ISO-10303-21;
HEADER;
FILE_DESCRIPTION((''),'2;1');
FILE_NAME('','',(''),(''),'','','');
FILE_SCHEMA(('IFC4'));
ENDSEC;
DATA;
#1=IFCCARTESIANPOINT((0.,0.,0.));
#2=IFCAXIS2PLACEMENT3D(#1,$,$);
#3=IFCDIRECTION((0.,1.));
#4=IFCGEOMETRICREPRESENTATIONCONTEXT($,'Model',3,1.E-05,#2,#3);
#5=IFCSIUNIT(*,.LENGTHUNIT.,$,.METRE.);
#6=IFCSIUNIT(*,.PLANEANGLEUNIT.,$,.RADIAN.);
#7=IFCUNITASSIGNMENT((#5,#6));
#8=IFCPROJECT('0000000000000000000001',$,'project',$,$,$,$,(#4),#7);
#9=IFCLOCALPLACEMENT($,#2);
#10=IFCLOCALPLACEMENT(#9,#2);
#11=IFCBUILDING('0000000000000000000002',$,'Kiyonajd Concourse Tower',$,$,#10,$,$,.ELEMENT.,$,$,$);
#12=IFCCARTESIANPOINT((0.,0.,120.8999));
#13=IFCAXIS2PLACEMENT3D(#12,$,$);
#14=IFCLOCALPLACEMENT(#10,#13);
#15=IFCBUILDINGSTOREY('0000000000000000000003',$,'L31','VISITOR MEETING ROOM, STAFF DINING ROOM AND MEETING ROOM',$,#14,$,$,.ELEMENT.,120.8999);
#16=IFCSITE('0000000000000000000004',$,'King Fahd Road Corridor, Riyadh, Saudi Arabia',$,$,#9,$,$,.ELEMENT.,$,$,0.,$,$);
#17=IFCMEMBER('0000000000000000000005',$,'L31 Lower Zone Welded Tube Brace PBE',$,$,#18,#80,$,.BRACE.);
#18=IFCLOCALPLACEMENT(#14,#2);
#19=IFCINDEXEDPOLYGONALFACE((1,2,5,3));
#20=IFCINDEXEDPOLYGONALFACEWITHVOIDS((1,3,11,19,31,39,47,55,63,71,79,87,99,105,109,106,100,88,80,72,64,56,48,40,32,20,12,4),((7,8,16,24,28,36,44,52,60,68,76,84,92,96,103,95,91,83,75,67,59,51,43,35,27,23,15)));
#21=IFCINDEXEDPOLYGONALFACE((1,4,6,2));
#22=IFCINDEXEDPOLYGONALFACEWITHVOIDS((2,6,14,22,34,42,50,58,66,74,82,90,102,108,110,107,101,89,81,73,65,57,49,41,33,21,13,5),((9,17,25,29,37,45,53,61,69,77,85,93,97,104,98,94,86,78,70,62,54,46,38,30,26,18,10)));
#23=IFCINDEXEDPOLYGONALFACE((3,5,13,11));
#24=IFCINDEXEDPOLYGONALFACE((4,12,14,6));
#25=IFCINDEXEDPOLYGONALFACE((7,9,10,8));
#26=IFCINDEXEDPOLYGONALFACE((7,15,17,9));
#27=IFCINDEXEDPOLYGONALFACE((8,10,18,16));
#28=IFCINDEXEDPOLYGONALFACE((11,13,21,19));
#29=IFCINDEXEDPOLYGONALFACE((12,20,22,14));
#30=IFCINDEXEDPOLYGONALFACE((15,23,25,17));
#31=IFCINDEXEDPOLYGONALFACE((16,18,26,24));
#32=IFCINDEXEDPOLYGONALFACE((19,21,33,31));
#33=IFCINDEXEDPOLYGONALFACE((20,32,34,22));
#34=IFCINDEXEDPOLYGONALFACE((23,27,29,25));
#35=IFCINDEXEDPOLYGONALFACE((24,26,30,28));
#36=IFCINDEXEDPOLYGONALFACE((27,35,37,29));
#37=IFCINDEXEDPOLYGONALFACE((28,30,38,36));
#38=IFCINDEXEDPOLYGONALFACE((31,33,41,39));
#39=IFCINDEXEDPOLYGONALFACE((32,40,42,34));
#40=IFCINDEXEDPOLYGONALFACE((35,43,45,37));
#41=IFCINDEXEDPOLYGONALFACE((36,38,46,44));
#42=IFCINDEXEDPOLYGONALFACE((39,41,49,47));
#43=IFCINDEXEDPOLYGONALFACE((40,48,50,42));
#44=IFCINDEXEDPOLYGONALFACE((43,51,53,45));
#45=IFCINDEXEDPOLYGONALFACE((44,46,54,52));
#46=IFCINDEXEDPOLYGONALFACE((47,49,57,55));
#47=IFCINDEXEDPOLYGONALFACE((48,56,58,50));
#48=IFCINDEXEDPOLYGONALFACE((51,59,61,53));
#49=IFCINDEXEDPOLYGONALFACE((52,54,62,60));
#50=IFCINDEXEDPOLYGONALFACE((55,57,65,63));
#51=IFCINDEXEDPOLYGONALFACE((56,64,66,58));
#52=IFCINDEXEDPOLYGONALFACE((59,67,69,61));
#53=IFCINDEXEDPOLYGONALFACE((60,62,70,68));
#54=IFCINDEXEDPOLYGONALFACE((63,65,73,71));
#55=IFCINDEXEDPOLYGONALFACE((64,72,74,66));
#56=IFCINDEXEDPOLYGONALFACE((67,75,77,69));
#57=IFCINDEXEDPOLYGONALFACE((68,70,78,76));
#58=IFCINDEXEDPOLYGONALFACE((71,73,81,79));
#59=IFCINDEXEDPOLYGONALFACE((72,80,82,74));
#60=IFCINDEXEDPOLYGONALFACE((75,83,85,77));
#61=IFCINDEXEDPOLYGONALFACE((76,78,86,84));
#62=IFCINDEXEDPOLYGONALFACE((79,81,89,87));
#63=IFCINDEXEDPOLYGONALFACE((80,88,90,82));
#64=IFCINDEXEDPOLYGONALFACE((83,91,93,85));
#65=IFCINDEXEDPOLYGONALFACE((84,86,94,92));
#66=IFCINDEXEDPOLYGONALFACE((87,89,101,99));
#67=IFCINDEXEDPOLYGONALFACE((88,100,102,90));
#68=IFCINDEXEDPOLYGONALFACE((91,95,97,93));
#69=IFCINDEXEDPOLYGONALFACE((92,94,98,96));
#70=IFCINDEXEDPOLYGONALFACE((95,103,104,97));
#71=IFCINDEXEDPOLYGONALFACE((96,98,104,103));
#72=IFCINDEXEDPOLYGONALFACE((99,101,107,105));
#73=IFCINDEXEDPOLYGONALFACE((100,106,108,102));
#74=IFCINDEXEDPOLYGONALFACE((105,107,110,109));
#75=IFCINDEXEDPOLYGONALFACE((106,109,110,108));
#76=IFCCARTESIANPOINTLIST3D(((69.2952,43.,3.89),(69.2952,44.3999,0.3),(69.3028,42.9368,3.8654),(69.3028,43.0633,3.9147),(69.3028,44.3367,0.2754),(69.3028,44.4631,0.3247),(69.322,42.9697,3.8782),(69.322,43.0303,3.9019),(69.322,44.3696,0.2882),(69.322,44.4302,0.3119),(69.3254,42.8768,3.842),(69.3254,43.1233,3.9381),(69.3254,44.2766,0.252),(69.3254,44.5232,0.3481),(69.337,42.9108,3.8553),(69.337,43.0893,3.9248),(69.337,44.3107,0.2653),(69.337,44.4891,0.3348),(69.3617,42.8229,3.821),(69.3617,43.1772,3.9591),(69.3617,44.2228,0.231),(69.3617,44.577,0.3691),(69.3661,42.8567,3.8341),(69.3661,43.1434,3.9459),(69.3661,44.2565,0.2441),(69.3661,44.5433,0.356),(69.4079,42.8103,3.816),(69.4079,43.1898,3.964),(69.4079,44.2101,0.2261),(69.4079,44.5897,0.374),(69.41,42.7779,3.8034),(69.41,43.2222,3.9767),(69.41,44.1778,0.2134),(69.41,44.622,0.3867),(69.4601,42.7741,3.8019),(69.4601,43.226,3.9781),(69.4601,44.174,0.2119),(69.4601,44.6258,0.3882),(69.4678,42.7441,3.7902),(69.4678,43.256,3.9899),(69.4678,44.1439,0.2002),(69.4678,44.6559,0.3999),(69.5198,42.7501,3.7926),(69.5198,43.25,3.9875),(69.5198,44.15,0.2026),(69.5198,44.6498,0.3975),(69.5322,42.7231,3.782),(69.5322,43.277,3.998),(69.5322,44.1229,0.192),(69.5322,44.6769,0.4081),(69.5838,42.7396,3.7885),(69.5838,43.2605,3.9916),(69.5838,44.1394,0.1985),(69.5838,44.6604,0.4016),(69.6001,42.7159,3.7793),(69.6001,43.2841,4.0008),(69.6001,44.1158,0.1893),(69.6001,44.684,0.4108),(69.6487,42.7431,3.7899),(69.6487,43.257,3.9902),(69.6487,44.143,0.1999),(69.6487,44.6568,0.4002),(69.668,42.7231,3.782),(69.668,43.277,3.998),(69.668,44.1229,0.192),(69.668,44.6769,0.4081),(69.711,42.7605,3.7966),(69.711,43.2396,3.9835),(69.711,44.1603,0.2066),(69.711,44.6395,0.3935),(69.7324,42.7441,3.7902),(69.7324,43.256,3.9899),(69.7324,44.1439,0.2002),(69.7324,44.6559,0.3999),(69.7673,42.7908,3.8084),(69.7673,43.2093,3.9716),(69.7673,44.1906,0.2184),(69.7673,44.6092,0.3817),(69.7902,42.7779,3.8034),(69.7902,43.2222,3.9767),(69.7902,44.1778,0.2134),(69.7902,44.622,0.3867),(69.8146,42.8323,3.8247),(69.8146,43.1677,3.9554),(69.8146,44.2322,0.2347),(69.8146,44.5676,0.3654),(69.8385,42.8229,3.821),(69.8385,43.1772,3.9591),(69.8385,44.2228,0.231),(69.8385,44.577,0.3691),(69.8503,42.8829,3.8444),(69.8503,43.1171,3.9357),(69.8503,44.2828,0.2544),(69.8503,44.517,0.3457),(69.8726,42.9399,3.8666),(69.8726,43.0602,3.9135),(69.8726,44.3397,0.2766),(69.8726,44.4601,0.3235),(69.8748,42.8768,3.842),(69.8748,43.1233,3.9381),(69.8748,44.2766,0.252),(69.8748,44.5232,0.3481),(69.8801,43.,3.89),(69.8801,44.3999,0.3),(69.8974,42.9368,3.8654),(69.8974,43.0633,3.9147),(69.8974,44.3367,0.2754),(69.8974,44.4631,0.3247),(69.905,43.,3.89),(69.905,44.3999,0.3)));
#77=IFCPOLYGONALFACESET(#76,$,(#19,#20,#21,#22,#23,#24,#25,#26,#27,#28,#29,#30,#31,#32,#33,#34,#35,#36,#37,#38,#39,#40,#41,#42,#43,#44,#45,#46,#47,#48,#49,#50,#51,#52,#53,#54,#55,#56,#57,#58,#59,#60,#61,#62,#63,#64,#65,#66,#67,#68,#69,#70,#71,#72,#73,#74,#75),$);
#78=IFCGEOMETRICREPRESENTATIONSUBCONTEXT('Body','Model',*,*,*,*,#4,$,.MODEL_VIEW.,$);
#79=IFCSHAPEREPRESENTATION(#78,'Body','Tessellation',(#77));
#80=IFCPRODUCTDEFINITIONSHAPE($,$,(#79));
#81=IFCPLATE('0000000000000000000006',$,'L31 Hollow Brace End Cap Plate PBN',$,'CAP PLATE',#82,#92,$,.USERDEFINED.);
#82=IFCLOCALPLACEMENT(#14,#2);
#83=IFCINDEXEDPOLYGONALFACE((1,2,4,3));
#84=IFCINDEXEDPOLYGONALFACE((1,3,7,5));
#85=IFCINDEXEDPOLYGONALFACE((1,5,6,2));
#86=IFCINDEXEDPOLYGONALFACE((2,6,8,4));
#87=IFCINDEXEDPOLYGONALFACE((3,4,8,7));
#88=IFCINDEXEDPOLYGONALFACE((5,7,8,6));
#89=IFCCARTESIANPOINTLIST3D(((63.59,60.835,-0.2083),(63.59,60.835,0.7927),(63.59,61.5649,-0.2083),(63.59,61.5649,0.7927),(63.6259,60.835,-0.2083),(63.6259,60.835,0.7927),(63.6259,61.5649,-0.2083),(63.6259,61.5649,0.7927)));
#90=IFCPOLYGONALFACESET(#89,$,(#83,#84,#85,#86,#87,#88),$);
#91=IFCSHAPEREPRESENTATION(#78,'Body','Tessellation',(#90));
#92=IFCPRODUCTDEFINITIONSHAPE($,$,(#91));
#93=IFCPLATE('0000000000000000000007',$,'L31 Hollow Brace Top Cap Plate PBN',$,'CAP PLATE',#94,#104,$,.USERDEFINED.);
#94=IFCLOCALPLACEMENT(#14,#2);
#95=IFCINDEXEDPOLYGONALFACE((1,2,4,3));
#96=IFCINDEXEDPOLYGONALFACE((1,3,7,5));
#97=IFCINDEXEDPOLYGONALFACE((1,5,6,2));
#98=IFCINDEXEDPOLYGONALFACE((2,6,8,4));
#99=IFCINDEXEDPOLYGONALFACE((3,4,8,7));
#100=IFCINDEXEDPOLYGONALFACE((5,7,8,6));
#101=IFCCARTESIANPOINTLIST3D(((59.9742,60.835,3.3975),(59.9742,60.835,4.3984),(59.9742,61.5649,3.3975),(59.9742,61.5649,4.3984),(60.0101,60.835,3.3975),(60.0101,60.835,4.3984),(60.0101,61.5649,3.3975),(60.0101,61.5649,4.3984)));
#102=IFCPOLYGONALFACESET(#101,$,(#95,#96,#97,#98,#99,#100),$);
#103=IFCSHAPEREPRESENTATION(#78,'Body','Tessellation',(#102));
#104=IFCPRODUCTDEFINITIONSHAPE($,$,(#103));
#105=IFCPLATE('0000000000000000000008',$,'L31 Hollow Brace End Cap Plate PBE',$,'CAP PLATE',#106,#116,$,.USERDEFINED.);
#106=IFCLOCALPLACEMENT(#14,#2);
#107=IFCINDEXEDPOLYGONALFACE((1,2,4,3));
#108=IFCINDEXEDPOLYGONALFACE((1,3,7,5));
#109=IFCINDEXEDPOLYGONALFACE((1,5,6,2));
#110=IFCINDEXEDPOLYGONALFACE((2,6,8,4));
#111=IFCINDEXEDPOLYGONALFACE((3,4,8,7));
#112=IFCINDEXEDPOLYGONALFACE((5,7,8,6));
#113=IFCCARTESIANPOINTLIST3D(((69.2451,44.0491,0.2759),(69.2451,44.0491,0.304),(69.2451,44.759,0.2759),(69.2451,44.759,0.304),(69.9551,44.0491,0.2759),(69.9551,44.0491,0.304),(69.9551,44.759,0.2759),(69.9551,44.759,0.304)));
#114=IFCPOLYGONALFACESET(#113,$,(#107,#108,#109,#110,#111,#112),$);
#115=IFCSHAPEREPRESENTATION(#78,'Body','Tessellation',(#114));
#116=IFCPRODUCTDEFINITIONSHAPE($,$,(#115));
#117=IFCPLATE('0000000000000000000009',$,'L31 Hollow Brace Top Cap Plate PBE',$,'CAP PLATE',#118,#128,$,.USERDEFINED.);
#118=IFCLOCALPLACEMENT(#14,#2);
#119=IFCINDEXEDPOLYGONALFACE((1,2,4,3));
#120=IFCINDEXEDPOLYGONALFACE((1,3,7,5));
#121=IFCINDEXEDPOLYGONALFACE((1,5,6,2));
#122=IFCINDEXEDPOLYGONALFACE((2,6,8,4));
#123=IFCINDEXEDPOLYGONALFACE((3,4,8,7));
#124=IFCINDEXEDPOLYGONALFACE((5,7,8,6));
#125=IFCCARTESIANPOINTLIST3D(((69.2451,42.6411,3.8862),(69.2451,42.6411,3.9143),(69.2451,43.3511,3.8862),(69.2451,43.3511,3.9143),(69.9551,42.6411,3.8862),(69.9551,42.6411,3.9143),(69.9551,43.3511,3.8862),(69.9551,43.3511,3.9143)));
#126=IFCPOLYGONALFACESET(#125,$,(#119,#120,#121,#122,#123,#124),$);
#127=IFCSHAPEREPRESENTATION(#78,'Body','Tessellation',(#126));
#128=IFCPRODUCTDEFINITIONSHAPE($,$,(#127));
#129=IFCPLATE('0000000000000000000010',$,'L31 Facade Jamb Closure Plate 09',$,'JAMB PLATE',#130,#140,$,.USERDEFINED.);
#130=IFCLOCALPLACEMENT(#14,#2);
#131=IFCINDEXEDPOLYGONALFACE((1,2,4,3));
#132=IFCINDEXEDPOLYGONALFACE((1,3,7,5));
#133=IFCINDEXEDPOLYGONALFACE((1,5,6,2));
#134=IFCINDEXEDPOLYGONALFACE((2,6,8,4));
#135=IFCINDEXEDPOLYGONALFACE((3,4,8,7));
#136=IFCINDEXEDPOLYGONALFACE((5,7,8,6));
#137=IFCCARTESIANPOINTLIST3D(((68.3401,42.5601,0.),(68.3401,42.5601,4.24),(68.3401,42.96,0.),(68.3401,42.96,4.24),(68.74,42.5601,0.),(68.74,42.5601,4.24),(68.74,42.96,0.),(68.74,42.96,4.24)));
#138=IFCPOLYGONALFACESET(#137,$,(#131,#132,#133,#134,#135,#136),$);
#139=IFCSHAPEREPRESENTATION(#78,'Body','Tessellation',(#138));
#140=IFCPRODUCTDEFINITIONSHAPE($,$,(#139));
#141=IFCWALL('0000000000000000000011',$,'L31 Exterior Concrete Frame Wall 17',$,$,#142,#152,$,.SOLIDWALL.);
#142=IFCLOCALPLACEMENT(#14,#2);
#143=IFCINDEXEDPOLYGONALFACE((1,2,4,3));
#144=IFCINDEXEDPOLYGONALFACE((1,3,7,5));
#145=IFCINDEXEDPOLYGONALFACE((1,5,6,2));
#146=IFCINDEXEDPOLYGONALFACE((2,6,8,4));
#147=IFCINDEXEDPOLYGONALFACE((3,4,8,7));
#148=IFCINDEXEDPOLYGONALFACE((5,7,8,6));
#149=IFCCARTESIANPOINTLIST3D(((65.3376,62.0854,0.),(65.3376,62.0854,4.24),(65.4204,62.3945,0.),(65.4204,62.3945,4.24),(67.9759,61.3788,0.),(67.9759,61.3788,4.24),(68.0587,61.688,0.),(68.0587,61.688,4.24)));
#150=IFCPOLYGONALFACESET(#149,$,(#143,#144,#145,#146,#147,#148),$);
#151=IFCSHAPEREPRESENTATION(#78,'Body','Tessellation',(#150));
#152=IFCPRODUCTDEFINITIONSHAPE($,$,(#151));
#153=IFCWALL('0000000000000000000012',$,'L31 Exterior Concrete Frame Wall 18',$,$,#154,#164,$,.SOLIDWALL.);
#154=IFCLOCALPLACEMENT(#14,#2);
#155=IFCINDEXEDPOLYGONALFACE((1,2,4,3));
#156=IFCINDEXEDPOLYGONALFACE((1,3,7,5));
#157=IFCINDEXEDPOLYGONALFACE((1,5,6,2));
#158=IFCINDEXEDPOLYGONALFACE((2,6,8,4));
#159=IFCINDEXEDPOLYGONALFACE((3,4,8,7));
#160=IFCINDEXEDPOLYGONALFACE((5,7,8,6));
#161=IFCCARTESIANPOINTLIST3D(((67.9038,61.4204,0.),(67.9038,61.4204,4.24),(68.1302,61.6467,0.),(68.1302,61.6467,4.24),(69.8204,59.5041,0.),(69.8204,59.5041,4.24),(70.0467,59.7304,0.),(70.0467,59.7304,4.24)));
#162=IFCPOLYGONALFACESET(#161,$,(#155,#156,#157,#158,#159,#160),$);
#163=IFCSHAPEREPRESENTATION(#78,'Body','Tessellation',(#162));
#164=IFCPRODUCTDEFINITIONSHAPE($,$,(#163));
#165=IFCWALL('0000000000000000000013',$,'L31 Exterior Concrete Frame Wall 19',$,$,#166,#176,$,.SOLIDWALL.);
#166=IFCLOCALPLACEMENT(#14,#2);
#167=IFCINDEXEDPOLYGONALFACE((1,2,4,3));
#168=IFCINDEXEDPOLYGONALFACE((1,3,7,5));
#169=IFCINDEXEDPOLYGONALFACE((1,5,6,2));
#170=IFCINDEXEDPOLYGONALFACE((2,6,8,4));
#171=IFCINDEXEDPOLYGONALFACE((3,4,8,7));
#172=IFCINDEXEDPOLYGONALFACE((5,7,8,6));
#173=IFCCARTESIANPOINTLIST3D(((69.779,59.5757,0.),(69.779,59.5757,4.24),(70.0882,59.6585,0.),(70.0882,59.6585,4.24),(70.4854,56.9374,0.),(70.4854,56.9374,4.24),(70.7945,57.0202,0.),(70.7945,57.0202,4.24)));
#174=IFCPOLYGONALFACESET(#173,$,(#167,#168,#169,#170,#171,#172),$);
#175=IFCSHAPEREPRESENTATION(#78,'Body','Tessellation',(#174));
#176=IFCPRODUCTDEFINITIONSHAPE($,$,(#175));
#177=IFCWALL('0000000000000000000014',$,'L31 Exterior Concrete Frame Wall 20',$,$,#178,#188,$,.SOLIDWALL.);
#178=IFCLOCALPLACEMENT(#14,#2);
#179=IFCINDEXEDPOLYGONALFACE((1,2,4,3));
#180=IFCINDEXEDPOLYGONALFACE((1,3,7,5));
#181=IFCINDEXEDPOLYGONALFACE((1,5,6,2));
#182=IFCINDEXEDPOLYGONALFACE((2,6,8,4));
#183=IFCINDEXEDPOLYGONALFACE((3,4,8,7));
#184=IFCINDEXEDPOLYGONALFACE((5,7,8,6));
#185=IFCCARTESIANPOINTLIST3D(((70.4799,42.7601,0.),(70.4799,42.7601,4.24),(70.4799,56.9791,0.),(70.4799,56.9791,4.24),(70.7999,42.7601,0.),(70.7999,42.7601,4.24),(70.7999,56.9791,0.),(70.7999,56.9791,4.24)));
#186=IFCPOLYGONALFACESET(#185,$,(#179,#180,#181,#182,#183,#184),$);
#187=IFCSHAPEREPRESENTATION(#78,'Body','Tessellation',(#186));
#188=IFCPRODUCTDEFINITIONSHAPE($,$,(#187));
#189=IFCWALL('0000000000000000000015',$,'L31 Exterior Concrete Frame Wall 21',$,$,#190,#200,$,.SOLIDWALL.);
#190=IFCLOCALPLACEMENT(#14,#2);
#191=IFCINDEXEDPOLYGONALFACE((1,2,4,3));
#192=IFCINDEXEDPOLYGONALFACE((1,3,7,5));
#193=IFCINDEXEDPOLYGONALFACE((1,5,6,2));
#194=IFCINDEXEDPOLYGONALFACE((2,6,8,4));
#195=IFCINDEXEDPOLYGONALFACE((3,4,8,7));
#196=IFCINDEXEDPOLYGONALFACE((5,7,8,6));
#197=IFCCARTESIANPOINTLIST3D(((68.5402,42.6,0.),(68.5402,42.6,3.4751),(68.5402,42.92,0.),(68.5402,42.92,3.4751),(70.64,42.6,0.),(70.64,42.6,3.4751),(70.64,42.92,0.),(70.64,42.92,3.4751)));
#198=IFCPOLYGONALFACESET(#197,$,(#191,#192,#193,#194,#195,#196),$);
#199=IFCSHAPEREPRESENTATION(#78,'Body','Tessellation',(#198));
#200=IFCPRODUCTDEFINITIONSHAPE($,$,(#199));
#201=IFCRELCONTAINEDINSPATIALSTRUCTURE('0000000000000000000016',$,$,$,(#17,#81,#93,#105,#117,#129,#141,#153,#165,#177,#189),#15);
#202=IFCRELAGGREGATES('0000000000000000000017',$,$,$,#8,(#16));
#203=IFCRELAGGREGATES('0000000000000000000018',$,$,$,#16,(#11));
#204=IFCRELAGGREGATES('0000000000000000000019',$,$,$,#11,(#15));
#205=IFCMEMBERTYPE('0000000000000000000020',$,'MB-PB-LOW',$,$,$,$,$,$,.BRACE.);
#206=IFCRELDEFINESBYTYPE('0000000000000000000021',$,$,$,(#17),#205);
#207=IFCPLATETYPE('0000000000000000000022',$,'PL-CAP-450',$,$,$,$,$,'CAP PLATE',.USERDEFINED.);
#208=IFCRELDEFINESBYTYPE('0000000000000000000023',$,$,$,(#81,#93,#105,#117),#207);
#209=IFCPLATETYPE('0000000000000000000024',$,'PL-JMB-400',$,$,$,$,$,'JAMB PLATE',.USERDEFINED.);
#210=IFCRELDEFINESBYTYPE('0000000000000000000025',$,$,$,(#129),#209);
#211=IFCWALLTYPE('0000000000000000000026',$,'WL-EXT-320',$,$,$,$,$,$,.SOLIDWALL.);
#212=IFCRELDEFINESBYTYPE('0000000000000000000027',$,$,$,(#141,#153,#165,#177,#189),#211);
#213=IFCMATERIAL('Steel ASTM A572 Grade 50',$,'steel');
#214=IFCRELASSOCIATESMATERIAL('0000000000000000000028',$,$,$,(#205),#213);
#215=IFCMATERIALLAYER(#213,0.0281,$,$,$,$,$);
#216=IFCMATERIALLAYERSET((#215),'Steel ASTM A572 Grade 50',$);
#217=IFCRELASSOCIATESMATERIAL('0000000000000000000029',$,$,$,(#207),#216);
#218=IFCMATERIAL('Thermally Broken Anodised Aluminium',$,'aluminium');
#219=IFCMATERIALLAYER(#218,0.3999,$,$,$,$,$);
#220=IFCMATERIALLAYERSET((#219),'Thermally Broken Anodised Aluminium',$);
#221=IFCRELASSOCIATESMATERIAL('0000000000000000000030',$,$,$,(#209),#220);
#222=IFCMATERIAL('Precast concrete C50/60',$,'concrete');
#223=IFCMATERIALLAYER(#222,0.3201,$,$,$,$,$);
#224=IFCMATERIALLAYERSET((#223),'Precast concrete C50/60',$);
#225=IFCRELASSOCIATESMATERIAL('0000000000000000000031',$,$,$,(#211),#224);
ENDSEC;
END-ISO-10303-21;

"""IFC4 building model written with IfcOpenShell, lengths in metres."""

from ifc_helpers import new_model, si_unit, direction, frame, frame_2d, origin, origin_2d, place, context, subcontext, project, spatial, rectangle, hollow_circle, extrude, material, layer, layer_set, material_profile, profile_set, type_object, element, save


model = new_model("IFC4")

# Units and contexts
model_context = context("Model", 3, precision=1e-05, world=origin(), true_north=direction((0.0, 1.0)))
body_context = subcontext(model_context, "Body", "Model", "MODEL_VIEW")
ifc_project = project(units=[si_unit("LENGTHUNIT", "METRE"), si_unit("PLANEANGLEUNIT", "RADIAN")], contexts=[model_context])

# Site, building, storey
site_placement = place(None, origin())
site = spatial("IfcSite", under=ifc_project, at=site_placement, Name="King Fahd Road Corridor, Riyadh, Saudi Arabia", CompositionType="ELEMENT", RefElevation=0.0)
building_placement = place(site_placement, origin())
building = spatial("IfcBuilding", under=site, at=building_placement, Name="Kiyonajd Concourse Tower", CompositionType="ELEMENT")
storey_placement = place(building_placement, frame((0.0, 0.0, 120.8999)))
storey = spatial("IfcBuildingStorey", under=building, at=storey_placement, Name="L31", Description="VISITOR MEETING ROOM, STAFF DINING ROOM AND MEETING ROOM", CompositionType="ELEMENT", Elevation=120.8999)

# Shared definitions
ifc_material_1 = material(Name="Precast concrete C50/60", Category="concrete")

# Member
ifc_material_2 = material(Name="Steel ASTM A572 Grade 50", Category="steel")
ifc_material_profile_1 = material_profile(ifc_material_2, hollow_circle(Radius=0.3049, WallThickness=0.0249, at=origin_2d()), Name="CHS-610x25")
ifc_profile_set_1 = profile_set([ifc_material_profile_1], Name="Steel ASTM A572 Grade 50")
member_type = type_object("IfcMemberType", Name="MB-PB-LOW", PredefinedType="BRACE", material=ifc_profile_set_1)
member_1_placement = place(storey_placement, frame((69.6001, 44.3999, 0.3), z_axis=(0.0, -0.363293, 0.931675), x_axis=(1.0, 0.0, 0.0)))
element("IfcMember", 1, at=member_1_placement, inside=storey, type_object=member_type, Name="L31 Lower Zone Welded Tube Brace PBE", PredefinedType="BRACE", context=body_context, shape_type="SweptSolid", body=[
    extrude(hollow_circle(Radius=0.3049, WallThickness=0.0249, at=origin_2d()), origin(), (0.0, 0.0, 1.0), 3.8533),
])

# Plates
ifc_layer_1 = layer(ifc_material_2, 0.0281)
ifc_layer_set_1 = layer_set([ifc_layer_1], Name="Steel ASTM A572 Grade 50")
plate_type_1 = type_object("IfcPlateType", Name="PL-CAP-450", ElementType="CAP PLATE", PredefinedType="USERDEFINED", material=ifc_layer_set_1)
for number, where, z_axis, x_axis, name in (
    (2, (63.6079, 61.2, -0.2083), (0.0, 0.0, 1.0), (1.0, 0.0, 0.0), "L31 Hollow Brace End Cap Plate PBN"),
    (3, (59.9922, 61.2, 3.3975), (0.0, 0.0, 1.0), (-1.0, 0.0, 0.0), "L31 Hollow Brace Top Cap Plate PBN"),
):
    element("IfcPlate", number, at=place(storey_placement, frame(where, z_axis=z_axis, x_axis=x_axis)), inside=storey, type_object=plate_type_1, Name=name, ObjectType="CAP PLATE", PredefinedType="USERDEFINED", context=body_context, shape_type="SweptSolid", body=[
        extrude(rectangle(XDim=0.0359, YDim=0.73, at=origin_2d()), origin(), (0.0, 0.0, 1.0), 1.001),
    ])
for number, where, z_axis, x_axis, name in (
    (4, (69.6001, 44.4041, 0.2759), (0.0, 0.0, 1.0), (1.0, 0.0, 0.0), "L31 Hollow Brace End Cap Plate PBE"),
    (5, (69.6001, 42.9961, 3.8862), (0.0, 0.0, 1.0), (1.0, 0.0, 0.0), "L31 Hollow Brace Top Cap Plate PBE"),
):
    element("IfcPlate", number, at=place(storey_placement, frame(where, z_axis=z_axis, x_axis=x_axis)), inside=storey, type_object=plate_type_1, Name=name, ObjectType="CAP PLATE", PredefinedType="USERDEFINED", context=body_context, shape_type="SweptSolid", body=[
        extrude(rectangle(XDim=0.71, YDim=0.71, at=origin_2d()), origin(), (0.0, 0.0, 1.0), 0.0281),
    ])
ifc_material_3 = material(Name="Thermally Broken Anodised Aluminium", Category="aluminium")
ifc_layer_2 = layer(ifc_material_3, 0.3999)
ifc_layer_set_2 = layer_set([ifc_layer_2], Name="Thermally Broken Anodised Aluminium")
plate_type_2 = type_object("IfcPlateType", Name="PL-JMB-400", ElementType="JAMB PLATE", PredefinedType="USERDEFINED", material=ifc_layer_set_2)
plate_placement = place(storey_placement, frame((68.54, 42.76, 0.0), z_axis=(0.0, 0.0, 1.0), x_axis=(1.0, 0.0, 0.0)))
element("IfcPlate", 6, at=plate_placement, inside=storey, type_object=plate_type_2, Name="L31 Facade Jamb Closure Plate 09", ObjectType="JAMB PLATE", PredefinedType="USERDEFINED", context=body_context, shape_type="SweptSolid", body=[
    extrude(rectangle(XDim=0.3999, YDim=0.3999, at=origin_2d()), origin(), (0.0, 0.0, 1.0), 4.24),
])

# Walls
ifc_layer_3 = layer(ifc_material_1, 0.3201)
ifc_layer_set_3 = layer_set([ifc_layer_3], Name="Precast concrete C50/60")
wall_type_1 = type_object("IfcWallType", Name="WL-EXT-320", PredefinedType="SOLIDWALL", material=ifc_layer_set_3)
wall_1_placement = place(storey_placement, frame((65.3789, 62.24, 0.0), z_axis=(0.0, 0.0, 1.0), x_axis=(0.965958, -0.258697, 0.0)))
element("IfcWall", 7, at=wall_1_placement, inside=storey, type_object=wall_type_1, Name="L31 Exterior Concrete Frame Wall 17", PredefinedType="SOLIDWALL", context=body_context, shape_type="SweptSolid", body=[
    extrude(rectangle(XDim=2.7312, YDim=0.3201, at=frame_2d((1.3657, 0.0))), origin(), (0.0, 0.0, 1.0), 4.24),
])
wall_2_placement = place(storey_placement, frame((68.0171, 61.5334, 0.0), z_axis=(0.0, 0.0, 1.0), x_axis=(0.707152, -0.707062, 0.0)))
element("IfcWall", 8, at=wall_2_placement, inside=storey, type_object=wall_type_1, Name="L31 Exterior Concrete Frame Wall 18", PredefinedType="SOLIDWALL", context=body_context, shape_type="SweptSolid", body=[
    extrude(rectangle(XDim=2.7102, YDim=0.3201, at=frame_2d((1.355, 0.0))), origin(), (0.0, 0.0, 1.0), 4.24),
])
wall_3_placement = place(storey_placement, frame((69.9336, 59.6172, 0.0), z_axis=(0.0, 0.0, 1.0), x_axis=(0.258614, -0.965981, 0.0)))
element("IfcWall", 9, at=wall_3_placement, inside=storey, type_object=wall_type_1, Name="L31 Exterior Concrete Frame Wall 19", PredefinedType="SOLIDWALL", context=body_context, shape_type="SweptSolid", body=[
    extrude(rectangle(XDim=2.7312, YDim=0.3201, at=frame_2d((1.3657, 0.0))), origin(), (0.0, 0.0, 1.0), 4.24),
])
wall_4_placement = place(storey_placement, frame((70.6399, 56.979, 0.0), z_axis=(0.0, 0.0, 1.0), x_axis=(0.0, -1.0, 0.0)))
element("IfcWall", 10, at=wall_4_placement, inside=storey, type_object=wall_type_1, Name="L31 Exterior Concrete Frame Wall 20", PredefinedType="SOLIDWALL", context=body_context, shape_type="SweptSolid", body=[
    extrude(rectangle(XDim=14.219, YDim=0.3201, at=frame_2d((7.1094, 0.0))), origin(), (0.0, 0.0, 1.0), 4.24),
])
wall_5_placement = place(storey_placement, frame((70.6399, 42.76, 0.0), z_axis=(0.0, 0.0, 1.0), x_axis=(-1.0, 0.0, 0.0)))
element("IfcWall", 11, at=wall_5_placement, inside=storey, type_object=wall_type_1, Name="L31 Exterior Concrete Frame Wall 21", PredefinedType="SOLIDWALL", context=body_context, shape_type="SweptSolid", body=[
    extrude(rectangle(XDim=2.0999, YDim=0.3201, at=frame_2d((1.0498, 0.0))), origin(), (0.0, 0.0, 1.0), 3.4751),
])

save(model, "model.ifc")
